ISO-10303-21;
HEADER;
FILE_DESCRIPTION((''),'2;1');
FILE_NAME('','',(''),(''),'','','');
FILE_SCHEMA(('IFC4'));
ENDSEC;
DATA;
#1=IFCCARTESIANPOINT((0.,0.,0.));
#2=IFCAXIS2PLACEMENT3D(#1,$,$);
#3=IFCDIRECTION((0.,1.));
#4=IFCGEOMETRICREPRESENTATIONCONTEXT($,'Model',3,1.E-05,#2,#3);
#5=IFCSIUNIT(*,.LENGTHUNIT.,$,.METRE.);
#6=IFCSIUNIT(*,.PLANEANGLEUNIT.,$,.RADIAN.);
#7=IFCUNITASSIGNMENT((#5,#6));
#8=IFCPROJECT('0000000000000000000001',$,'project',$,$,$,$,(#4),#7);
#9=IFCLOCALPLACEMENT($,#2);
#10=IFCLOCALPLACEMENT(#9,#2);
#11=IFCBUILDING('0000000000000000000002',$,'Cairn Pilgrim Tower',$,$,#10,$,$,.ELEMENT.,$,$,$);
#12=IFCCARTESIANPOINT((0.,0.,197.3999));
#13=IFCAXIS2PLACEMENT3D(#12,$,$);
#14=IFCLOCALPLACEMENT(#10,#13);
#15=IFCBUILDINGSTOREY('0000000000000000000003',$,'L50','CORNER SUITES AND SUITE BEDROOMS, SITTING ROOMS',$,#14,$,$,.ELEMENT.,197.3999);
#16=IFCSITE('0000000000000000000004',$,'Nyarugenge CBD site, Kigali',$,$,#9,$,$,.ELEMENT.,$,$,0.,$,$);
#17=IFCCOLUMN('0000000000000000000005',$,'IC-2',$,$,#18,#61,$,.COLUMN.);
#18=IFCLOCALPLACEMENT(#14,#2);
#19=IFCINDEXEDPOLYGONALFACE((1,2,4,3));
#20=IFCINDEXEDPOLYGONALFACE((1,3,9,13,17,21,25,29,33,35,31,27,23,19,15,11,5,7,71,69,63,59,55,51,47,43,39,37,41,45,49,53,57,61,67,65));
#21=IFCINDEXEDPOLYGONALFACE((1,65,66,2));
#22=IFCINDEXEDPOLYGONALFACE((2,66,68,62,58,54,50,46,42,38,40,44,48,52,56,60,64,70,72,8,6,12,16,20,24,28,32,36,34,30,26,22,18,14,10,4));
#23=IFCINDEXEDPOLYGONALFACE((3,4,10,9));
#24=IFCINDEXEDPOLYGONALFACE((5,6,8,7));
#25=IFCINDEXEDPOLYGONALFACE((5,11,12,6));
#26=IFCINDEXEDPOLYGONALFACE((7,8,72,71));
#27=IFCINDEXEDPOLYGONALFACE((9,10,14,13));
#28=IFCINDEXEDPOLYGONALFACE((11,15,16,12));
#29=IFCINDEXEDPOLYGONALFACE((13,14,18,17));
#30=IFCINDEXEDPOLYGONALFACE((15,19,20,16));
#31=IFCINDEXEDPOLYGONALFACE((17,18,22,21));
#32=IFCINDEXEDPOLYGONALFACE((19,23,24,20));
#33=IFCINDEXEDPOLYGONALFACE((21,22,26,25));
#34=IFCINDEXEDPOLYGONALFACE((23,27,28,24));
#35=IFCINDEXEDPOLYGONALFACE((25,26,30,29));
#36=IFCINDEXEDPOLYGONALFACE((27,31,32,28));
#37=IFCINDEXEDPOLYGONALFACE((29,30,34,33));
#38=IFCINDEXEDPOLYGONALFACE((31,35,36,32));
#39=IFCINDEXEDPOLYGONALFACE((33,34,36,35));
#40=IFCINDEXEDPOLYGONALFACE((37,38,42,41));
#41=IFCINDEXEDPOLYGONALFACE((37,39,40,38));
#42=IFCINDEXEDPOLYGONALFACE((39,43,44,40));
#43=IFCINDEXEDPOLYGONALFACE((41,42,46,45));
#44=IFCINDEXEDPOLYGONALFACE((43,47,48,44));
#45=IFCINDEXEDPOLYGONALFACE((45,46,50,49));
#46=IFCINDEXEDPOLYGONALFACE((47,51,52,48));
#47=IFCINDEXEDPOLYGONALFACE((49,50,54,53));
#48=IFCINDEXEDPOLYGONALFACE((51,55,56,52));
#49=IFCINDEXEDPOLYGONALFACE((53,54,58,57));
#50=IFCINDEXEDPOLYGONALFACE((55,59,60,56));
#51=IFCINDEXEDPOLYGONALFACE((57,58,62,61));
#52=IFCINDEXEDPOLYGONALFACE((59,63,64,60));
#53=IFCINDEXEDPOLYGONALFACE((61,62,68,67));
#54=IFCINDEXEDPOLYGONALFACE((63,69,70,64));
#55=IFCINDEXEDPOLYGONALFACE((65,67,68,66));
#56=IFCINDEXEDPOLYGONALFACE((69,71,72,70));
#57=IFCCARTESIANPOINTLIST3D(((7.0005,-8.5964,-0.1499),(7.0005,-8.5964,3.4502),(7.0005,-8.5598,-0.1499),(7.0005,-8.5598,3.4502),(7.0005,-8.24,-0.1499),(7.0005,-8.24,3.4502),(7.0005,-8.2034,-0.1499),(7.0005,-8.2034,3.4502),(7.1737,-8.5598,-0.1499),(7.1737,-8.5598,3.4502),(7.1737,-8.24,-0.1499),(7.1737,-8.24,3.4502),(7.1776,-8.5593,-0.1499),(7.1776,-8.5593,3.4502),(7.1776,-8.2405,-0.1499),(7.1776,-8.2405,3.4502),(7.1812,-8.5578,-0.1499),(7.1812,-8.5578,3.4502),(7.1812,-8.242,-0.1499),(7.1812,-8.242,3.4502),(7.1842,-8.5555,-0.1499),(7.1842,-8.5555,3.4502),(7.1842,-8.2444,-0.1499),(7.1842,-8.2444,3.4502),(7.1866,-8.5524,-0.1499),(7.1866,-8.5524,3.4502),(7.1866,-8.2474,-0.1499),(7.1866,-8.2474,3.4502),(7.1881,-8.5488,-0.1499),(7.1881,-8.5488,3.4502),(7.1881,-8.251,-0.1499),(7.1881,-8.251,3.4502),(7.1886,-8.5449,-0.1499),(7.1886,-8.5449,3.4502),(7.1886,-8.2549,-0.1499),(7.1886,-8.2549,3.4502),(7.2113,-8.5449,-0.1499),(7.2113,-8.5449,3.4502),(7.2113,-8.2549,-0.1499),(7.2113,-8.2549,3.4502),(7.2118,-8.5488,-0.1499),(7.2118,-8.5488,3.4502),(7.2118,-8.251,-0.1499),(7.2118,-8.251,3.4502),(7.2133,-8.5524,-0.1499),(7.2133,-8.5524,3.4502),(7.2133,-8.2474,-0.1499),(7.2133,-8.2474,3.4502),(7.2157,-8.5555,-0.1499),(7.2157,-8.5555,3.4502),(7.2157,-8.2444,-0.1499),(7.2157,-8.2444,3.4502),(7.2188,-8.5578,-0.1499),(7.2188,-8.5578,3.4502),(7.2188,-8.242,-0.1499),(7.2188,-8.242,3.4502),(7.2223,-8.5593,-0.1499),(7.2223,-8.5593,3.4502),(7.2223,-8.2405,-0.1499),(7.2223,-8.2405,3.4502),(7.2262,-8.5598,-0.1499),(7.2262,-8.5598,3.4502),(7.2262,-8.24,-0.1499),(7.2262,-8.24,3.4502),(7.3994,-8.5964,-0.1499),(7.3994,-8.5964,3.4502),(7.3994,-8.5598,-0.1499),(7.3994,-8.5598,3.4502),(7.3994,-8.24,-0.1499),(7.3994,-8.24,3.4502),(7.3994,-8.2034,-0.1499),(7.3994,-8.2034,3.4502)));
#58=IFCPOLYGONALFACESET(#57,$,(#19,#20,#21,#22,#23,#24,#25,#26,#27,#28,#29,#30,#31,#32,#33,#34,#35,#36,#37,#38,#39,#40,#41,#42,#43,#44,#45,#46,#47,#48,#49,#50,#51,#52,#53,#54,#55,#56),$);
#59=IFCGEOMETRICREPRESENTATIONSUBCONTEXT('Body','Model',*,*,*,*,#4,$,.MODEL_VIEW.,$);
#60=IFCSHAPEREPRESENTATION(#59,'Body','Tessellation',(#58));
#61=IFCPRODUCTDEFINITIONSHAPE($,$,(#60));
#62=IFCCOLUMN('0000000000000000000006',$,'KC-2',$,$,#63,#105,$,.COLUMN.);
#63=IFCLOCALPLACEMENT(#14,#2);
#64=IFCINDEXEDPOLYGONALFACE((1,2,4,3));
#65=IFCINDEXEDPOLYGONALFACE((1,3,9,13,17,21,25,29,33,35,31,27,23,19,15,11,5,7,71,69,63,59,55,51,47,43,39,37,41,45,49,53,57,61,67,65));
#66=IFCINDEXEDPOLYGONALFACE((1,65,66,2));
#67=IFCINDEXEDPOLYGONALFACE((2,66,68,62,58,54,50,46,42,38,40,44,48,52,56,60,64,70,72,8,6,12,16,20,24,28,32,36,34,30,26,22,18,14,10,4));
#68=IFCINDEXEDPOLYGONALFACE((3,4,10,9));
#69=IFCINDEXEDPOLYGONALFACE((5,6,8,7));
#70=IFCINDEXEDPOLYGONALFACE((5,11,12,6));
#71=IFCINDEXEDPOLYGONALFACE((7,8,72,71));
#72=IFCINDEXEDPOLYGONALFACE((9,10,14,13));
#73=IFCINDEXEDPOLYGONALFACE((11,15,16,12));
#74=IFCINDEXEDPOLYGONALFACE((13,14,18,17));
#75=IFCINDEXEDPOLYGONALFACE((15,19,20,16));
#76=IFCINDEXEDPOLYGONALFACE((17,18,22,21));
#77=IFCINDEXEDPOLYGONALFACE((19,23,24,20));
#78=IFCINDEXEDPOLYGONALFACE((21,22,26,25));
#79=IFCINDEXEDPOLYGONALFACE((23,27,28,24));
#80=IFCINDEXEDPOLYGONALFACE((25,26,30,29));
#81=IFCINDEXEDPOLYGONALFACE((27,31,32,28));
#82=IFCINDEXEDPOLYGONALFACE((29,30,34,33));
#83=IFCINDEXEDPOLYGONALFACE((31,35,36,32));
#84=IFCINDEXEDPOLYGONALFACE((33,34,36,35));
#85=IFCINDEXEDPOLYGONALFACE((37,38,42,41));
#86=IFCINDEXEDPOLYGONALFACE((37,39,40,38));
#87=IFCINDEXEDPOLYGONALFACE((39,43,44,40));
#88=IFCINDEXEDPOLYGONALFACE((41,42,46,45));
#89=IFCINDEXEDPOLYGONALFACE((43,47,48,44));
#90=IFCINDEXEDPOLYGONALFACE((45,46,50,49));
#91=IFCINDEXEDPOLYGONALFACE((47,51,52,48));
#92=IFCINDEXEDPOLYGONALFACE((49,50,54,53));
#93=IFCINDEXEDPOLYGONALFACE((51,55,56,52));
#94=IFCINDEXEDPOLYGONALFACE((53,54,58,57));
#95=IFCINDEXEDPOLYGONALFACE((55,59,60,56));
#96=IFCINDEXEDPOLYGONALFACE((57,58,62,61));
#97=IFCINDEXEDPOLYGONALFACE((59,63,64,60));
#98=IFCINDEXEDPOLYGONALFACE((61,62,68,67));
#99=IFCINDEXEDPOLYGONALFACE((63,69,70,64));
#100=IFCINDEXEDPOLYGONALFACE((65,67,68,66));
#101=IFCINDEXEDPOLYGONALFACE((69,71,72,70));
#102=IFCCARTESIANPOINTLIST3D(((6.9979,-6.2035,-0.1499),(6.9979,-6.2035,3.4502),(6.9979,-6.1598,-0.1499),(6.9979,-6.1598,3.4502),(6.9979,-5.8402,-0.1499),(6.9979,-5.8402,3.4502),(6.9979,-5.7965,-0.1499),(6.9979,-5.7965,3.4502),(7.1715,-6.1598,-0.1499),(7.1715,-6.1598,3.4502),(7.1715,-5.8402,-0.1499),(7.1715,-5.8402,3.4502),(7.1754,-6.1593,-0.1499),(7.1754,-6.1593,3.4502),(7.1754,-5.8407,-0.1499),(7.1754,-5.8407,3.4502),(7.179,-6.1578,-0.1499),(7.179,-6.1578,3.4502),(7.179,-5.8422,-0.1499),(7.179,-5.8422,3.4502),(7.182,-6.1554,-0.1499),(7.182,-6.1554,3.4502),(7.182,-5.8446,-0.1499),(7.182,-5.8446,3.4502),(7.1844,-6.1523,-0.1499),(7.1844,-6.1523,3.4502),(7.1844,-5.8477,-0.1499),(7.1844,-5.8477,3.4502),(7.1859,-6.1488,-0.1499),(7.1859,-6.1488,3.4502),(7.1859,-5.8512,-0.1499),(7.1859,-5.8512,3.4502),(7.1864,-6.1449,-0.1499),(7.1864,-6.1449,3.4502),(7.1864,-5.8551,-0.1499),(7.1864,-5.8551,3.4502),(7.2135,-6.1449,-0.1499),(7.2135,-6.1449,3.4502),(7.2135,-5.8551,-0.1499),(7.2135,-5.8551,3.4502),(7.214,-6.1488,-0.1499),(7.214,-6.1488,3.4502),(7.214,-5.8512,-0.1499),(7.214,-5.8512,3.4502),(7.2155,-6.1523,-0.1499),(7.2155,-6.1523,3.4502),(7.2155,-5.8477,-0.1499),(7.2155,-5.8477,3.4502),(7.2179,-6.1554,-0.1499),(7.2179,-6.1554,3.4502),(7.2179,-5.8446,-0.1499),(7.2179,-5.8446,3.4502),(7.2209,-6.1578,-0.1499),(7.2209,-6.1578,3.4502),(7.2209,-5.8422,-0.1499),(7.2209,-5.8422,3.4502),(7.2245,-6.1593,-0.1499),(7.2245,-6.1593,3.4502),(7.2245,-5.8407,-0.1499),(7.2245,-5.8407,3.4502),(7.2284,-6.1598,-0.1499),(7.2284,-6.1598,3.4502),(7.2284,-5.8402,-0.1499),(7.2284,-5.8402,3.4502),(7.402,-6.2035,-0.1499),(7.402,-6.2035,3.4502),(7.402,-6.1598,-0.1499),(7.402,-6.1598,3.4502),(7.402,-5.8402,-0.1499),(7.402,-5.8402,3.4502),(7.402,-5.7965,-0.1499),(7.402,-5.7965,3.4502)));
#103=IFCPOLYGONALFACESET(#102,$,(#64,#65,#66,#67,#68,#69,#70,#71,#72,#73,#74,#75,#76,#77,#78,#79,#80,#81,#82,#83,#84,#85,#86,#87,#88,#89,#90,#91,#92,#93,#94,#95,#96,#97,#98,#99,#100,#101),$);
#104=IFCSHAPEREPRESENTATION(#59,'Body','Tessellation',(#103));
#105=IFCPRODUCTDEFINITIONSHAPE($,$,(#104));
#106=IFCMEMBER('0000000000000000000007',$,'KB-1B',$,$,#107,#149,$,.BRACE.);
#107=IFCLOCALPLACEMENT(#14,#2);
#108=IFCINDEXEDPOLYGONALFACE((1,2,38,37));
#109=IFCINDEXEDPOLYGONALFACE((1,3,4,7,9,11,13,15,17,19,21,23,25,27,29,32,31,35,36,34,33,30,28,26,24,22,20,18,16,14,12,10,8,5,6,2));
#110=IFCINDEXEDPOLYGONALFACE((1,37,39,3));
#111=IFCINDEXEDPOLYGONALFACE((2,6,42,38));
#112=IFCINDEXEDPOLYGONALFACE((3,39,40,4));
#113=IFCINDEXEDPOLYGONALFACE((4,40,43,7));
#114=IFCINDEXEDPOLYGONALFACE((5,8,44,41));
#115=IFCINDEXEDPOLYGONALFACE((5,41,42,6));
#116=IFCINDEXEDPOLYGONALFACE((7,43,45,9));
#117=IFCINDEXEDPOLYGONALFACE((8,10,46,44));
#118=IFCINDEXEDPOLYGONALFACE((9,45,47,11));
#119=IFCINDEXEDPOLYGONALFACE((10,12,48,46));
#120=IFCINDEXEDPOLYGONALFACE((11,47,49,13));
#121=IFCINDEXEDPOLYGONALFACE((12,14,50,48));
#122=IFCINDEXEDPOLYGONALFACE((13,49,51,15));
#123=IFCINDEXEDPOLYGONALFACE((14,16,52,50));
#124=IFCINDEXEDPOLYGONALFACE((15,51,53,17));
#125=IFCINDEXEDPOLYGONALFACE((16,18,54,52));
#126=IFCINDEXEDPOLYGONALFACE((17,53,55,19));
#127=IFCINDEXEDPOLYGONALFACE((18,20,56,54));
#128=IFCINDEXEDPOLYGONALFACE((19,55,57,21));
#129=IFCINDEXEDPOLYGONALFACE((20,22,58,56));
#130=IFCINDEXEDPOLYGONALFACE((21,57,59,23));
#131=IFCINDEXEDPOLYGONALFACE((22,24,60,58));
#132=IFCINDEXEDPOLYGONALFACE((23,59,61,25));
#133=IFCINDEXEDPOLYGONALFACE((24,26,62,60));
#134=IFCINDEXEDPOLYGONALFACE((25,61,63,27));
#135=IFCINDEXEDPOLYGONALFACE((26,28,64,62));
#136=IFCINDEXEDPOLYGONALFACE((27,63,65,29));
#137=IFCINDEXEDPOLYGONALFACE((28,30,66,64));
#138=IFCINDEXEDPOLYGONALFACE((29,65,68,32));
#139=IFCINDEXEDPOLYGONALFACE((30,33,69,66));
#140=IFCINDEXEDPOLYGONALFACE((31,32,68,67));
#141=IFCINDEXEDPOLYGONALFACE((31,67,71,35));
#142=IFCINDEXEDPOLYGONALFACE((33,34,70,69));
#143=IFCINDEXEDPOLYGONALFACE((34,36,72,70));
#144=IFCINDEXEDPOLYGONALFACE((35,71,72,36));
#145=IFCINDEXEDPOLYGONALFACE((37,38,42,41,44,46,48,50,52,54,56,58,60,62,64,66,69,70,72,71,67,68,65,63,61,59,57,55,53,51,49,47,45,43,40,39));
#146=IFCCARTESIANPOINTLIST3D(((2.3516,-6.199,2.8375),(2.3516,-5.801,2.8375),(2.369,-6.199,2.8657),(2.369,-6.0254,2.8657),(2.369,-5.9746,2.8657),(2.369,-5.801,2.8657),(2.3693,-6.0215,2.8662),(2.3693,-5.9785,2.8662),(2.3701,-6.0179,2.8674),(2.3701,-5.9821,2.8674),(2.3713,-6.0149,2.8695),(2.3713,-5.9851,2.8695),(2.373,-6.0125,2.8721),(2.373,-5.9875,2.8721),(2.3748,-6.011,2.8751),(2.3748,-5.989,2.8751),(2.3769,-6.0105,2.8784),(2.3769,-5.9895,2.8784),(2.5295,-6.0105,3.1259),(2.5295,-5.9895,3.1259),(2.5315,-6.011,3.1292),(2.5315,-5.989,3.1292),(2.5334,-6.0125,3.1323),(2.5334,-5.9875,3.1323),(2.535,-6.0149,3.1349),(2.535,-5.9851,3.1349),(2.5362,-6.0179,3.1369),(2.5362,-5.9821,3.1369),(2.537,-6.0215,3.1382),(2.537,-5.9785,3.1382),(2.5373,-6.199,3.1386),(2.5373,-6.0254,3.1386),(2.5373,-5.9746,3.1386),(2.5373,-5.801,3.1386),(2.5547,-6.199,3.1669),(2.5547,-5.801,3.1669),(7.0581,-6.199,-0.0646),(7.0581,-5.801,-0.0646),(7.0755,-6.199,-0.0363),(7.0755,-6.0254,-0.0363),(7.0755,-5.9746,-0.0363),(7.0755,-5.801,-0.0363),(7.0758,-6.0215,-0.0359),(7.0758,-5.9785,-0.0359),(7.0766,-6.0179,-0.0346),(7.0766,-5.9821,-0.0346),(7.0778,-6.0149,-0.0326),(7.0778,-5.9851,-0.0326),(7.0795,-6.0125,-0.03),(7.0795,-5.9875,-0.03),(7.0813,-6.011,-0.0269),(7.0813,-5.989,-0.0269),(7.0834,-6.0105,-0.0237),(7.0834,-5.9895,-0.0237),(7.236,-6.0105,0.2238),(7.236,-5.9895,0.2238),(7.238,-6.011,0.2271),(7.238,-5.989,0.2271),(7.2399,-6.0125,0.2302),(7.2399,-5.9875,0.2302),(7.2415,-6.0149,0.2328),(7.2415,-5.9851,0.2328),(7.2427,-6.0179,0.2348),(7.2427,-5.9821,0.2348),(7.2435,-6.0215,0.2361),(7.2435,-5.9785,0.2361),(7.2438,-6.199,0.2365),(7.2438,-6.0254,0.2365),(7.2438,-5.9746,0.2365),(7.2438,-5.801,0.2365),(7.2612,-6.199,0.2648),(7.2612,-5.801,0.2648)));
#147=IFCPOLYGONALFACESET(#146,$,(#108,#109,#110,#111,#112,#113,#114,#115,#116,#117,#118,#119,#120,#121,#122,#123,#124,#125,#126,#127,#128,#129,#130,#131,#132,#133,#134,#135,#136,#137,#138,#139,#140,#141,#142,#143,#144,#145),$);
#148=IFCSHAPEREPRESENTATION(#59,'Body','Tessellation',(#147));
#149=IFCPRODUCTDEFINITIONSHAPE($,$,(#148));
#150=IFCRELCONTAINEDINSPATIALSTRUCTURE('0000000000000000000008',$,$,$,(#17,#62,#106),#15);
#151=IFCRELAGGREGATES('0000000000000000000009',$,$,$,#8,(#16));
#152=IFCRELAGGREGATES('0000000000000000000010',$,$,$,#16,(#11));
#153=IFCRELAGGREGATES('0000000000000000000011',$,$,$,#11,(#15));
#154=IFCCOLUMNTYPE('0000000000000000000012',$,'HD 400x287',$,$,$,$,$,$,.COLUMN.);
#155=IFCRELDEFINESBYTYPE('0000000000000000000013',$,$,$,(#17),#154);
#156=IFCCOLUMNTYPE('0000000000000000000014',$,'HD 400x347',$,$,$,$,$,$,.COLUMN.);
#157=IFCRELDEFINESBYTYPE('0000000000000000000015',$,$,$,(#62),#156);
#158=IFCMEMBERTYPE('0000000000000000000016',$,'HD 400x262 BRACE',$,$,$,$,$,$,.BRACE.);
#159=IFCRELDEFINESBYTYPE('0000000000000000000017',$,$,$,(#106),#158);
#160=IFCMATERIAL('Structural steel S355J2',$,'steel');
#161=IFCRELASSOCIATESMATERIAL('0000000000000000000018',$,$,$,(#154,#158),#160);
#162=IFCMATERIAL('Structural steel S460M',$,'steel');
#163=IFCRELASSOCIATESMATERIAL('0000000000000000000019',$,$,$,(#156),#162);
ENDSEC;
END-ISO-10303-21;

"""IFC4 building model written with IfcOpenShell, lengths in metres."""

from ifc_helpers import new_model, si_unit, direction, frame, origin, origin_2d, place, context, subcontext, project, spatial, i_section, extrude, material, material_profile, profile_set, type_object, element, save


model = new_model("IFC4")

# Units and contexts
model_context = context("Model", 3, precision=1e-05, world=origin(), true_north=direction((0.0, 1.0)))
body_context = subcontext(model_context, "Body", "Model", "MODEL_VIEW")
ifc_project = project(units=[si_unit("LENGTHUNIT", "METRE"), si_unit("PLANEANGLEUNIT", "RADIAN")], contexts=[model_context])

# Site, building, storey
site_placement = place(None, origin())
site = spatial("IfcSite", under=ifc_project, at=site_placement, Name="Nyarugenge CBD site, Kigali", CompositionType="ELEMENT", RefElevation=0.0)
building_placement = place(site_placement, origin())
building = spatial("IfcBuilding", under=site, at=building_placement, Name="Cairn Pilgrim Tower", CompositionType="ELEMENT")
storey_placement = place(building_placement, frame((0.0, 0.0, 197.3999)))
storey = spatial("IfcBuildingStorey", under=building, at=storey_placement, Name="L50", Description="CORNER SUITES AND SUITE BEDROOMS, SITTING ROOMS", CompositionType="ELEMENT", Elevation=197.3999)

# Columns
ifc_material_1 = material(Name="Structural steel S355J2", Category="steel")
ifc_material_profile_1 = material_profile(ifc_material_1, i_section(OverallWidth=0.3989, OverallDepth=0.3931, WebThickness=0.0227, FlangeThickness=0.0366, FilletRadius=0.0149, at=origin_2d()), Name="HD 400x287")
ifc_profile_set_1 = profile_set([ifc_material_profile_1], Name="Structural steel S355J2")
column_type_1 = type_object("IfcColumnType", Name="HD 400x287", PredefinedType="COLUMN", material=ifc_profile_set_1)
column_1_placement = place(storey_placement, frame((7.2, -8.3999, -0.1499), z_axis=(0.0, 0.0, 1.0), x_axis=(1.0, 0.0, 0.0)))
element("IfcColumn", 1, at=column_1_placement, inside=storey, type_object=column_type_1, Name="IC-2", PredefinedType="COLUMN", context=body_context, shape_type="SweptSolid", body=[
    extrude(i_section(OverallWidth=0.3989, OverallDepth=0.3931, WebThickness=0.0227, FlangeThickness=0.0366, FilletRadius=0.0149, at=origin_2d()), origin(), (0.0, 0.0, 1.0), 3.6001),
])
ifc_material_2 = material(Name="Structural steel S460M", Category="steel")
ifc_material_profile_2 = material_profile(ifc_material_2, i_section(OverallWidth=0.4041, OverallDepth=0.407, WebThickness=0.0271, FlangeThickness=0.0437, FilletRadius=0.0149, at=origin_2d()), Name="HD 400x347")
ifc_profile_set_2 = profile_set([ifc_material_profile_2], Name="Structural steel S460M")
column_type_2 = type_object("IfcColumnType", Name="HD 400x347", PredefinedType="COLUMN", material=ifc_profile_set_2)
column_2_placement = place(storey_placement, frame((7.2, -6.0, -0.1499), z_axis=(0.0, 0.0, 1.0), x_axis=(1.0, 0.0, 0.0)))
element("IfcColumn", 2, at=column_2_placement, inside=storey, type_object=column_type_2, Name="KC-2", PredefinedType="COLUMN", context=body_context, shape_type="SweptSolid", body=[
    extrude(i_section(OverallWidth=0.4041, OverallDepth=0.407, WebThickness=0.0271, FlangeThickness=0.0437, FilletRadius=0.0149, at=origin_2d()), origin(), (0.0, 0.0, 1.0), 3.6001),
])

# Member
ifc_material_profile_3 = material_profile(ifc_material_1, i_section(OverallWidth=0.3979, OverallDepth=0.387, WebThickness=0.021, FlangeThickness=0.0332, FilletRadius=0.0149, at=origin_2d()), Name="HD 400x262")
ifc_profile_set_3 = profile_set([ifc_material_profile_3], Name="Structural steel S355J2")
member_type = type_object("IfcMemberType", Name="HD 400x262 BRACE", PredefinedType="BRACE", material=ifc_profile_set_3)
member_placement = place(storey_placement, frame((7.1597, -6.0, 0.1001), z_axis=(-0.851193, 0.0, 0.524854), x_axis=(0.0, -1.0, 0.0)))
element("IfcMember", 3, at=member_placement, inside=storey, type_object=member_type, Name="KB-1B", PredefinedType="BRACE", context=body_context, shape_type="SweptSolid", body=[
    extrude(i_section(OverallWidth=0.3979, OverallDepth=0.387, WebThickness=0.021, FlangeThickness=0.0332, FilletRadius=0.0149, at=origin_2d()), origin(), (0.0, 0.0, 1.0), 5.5293),
])

save(model, "model.ifc")
